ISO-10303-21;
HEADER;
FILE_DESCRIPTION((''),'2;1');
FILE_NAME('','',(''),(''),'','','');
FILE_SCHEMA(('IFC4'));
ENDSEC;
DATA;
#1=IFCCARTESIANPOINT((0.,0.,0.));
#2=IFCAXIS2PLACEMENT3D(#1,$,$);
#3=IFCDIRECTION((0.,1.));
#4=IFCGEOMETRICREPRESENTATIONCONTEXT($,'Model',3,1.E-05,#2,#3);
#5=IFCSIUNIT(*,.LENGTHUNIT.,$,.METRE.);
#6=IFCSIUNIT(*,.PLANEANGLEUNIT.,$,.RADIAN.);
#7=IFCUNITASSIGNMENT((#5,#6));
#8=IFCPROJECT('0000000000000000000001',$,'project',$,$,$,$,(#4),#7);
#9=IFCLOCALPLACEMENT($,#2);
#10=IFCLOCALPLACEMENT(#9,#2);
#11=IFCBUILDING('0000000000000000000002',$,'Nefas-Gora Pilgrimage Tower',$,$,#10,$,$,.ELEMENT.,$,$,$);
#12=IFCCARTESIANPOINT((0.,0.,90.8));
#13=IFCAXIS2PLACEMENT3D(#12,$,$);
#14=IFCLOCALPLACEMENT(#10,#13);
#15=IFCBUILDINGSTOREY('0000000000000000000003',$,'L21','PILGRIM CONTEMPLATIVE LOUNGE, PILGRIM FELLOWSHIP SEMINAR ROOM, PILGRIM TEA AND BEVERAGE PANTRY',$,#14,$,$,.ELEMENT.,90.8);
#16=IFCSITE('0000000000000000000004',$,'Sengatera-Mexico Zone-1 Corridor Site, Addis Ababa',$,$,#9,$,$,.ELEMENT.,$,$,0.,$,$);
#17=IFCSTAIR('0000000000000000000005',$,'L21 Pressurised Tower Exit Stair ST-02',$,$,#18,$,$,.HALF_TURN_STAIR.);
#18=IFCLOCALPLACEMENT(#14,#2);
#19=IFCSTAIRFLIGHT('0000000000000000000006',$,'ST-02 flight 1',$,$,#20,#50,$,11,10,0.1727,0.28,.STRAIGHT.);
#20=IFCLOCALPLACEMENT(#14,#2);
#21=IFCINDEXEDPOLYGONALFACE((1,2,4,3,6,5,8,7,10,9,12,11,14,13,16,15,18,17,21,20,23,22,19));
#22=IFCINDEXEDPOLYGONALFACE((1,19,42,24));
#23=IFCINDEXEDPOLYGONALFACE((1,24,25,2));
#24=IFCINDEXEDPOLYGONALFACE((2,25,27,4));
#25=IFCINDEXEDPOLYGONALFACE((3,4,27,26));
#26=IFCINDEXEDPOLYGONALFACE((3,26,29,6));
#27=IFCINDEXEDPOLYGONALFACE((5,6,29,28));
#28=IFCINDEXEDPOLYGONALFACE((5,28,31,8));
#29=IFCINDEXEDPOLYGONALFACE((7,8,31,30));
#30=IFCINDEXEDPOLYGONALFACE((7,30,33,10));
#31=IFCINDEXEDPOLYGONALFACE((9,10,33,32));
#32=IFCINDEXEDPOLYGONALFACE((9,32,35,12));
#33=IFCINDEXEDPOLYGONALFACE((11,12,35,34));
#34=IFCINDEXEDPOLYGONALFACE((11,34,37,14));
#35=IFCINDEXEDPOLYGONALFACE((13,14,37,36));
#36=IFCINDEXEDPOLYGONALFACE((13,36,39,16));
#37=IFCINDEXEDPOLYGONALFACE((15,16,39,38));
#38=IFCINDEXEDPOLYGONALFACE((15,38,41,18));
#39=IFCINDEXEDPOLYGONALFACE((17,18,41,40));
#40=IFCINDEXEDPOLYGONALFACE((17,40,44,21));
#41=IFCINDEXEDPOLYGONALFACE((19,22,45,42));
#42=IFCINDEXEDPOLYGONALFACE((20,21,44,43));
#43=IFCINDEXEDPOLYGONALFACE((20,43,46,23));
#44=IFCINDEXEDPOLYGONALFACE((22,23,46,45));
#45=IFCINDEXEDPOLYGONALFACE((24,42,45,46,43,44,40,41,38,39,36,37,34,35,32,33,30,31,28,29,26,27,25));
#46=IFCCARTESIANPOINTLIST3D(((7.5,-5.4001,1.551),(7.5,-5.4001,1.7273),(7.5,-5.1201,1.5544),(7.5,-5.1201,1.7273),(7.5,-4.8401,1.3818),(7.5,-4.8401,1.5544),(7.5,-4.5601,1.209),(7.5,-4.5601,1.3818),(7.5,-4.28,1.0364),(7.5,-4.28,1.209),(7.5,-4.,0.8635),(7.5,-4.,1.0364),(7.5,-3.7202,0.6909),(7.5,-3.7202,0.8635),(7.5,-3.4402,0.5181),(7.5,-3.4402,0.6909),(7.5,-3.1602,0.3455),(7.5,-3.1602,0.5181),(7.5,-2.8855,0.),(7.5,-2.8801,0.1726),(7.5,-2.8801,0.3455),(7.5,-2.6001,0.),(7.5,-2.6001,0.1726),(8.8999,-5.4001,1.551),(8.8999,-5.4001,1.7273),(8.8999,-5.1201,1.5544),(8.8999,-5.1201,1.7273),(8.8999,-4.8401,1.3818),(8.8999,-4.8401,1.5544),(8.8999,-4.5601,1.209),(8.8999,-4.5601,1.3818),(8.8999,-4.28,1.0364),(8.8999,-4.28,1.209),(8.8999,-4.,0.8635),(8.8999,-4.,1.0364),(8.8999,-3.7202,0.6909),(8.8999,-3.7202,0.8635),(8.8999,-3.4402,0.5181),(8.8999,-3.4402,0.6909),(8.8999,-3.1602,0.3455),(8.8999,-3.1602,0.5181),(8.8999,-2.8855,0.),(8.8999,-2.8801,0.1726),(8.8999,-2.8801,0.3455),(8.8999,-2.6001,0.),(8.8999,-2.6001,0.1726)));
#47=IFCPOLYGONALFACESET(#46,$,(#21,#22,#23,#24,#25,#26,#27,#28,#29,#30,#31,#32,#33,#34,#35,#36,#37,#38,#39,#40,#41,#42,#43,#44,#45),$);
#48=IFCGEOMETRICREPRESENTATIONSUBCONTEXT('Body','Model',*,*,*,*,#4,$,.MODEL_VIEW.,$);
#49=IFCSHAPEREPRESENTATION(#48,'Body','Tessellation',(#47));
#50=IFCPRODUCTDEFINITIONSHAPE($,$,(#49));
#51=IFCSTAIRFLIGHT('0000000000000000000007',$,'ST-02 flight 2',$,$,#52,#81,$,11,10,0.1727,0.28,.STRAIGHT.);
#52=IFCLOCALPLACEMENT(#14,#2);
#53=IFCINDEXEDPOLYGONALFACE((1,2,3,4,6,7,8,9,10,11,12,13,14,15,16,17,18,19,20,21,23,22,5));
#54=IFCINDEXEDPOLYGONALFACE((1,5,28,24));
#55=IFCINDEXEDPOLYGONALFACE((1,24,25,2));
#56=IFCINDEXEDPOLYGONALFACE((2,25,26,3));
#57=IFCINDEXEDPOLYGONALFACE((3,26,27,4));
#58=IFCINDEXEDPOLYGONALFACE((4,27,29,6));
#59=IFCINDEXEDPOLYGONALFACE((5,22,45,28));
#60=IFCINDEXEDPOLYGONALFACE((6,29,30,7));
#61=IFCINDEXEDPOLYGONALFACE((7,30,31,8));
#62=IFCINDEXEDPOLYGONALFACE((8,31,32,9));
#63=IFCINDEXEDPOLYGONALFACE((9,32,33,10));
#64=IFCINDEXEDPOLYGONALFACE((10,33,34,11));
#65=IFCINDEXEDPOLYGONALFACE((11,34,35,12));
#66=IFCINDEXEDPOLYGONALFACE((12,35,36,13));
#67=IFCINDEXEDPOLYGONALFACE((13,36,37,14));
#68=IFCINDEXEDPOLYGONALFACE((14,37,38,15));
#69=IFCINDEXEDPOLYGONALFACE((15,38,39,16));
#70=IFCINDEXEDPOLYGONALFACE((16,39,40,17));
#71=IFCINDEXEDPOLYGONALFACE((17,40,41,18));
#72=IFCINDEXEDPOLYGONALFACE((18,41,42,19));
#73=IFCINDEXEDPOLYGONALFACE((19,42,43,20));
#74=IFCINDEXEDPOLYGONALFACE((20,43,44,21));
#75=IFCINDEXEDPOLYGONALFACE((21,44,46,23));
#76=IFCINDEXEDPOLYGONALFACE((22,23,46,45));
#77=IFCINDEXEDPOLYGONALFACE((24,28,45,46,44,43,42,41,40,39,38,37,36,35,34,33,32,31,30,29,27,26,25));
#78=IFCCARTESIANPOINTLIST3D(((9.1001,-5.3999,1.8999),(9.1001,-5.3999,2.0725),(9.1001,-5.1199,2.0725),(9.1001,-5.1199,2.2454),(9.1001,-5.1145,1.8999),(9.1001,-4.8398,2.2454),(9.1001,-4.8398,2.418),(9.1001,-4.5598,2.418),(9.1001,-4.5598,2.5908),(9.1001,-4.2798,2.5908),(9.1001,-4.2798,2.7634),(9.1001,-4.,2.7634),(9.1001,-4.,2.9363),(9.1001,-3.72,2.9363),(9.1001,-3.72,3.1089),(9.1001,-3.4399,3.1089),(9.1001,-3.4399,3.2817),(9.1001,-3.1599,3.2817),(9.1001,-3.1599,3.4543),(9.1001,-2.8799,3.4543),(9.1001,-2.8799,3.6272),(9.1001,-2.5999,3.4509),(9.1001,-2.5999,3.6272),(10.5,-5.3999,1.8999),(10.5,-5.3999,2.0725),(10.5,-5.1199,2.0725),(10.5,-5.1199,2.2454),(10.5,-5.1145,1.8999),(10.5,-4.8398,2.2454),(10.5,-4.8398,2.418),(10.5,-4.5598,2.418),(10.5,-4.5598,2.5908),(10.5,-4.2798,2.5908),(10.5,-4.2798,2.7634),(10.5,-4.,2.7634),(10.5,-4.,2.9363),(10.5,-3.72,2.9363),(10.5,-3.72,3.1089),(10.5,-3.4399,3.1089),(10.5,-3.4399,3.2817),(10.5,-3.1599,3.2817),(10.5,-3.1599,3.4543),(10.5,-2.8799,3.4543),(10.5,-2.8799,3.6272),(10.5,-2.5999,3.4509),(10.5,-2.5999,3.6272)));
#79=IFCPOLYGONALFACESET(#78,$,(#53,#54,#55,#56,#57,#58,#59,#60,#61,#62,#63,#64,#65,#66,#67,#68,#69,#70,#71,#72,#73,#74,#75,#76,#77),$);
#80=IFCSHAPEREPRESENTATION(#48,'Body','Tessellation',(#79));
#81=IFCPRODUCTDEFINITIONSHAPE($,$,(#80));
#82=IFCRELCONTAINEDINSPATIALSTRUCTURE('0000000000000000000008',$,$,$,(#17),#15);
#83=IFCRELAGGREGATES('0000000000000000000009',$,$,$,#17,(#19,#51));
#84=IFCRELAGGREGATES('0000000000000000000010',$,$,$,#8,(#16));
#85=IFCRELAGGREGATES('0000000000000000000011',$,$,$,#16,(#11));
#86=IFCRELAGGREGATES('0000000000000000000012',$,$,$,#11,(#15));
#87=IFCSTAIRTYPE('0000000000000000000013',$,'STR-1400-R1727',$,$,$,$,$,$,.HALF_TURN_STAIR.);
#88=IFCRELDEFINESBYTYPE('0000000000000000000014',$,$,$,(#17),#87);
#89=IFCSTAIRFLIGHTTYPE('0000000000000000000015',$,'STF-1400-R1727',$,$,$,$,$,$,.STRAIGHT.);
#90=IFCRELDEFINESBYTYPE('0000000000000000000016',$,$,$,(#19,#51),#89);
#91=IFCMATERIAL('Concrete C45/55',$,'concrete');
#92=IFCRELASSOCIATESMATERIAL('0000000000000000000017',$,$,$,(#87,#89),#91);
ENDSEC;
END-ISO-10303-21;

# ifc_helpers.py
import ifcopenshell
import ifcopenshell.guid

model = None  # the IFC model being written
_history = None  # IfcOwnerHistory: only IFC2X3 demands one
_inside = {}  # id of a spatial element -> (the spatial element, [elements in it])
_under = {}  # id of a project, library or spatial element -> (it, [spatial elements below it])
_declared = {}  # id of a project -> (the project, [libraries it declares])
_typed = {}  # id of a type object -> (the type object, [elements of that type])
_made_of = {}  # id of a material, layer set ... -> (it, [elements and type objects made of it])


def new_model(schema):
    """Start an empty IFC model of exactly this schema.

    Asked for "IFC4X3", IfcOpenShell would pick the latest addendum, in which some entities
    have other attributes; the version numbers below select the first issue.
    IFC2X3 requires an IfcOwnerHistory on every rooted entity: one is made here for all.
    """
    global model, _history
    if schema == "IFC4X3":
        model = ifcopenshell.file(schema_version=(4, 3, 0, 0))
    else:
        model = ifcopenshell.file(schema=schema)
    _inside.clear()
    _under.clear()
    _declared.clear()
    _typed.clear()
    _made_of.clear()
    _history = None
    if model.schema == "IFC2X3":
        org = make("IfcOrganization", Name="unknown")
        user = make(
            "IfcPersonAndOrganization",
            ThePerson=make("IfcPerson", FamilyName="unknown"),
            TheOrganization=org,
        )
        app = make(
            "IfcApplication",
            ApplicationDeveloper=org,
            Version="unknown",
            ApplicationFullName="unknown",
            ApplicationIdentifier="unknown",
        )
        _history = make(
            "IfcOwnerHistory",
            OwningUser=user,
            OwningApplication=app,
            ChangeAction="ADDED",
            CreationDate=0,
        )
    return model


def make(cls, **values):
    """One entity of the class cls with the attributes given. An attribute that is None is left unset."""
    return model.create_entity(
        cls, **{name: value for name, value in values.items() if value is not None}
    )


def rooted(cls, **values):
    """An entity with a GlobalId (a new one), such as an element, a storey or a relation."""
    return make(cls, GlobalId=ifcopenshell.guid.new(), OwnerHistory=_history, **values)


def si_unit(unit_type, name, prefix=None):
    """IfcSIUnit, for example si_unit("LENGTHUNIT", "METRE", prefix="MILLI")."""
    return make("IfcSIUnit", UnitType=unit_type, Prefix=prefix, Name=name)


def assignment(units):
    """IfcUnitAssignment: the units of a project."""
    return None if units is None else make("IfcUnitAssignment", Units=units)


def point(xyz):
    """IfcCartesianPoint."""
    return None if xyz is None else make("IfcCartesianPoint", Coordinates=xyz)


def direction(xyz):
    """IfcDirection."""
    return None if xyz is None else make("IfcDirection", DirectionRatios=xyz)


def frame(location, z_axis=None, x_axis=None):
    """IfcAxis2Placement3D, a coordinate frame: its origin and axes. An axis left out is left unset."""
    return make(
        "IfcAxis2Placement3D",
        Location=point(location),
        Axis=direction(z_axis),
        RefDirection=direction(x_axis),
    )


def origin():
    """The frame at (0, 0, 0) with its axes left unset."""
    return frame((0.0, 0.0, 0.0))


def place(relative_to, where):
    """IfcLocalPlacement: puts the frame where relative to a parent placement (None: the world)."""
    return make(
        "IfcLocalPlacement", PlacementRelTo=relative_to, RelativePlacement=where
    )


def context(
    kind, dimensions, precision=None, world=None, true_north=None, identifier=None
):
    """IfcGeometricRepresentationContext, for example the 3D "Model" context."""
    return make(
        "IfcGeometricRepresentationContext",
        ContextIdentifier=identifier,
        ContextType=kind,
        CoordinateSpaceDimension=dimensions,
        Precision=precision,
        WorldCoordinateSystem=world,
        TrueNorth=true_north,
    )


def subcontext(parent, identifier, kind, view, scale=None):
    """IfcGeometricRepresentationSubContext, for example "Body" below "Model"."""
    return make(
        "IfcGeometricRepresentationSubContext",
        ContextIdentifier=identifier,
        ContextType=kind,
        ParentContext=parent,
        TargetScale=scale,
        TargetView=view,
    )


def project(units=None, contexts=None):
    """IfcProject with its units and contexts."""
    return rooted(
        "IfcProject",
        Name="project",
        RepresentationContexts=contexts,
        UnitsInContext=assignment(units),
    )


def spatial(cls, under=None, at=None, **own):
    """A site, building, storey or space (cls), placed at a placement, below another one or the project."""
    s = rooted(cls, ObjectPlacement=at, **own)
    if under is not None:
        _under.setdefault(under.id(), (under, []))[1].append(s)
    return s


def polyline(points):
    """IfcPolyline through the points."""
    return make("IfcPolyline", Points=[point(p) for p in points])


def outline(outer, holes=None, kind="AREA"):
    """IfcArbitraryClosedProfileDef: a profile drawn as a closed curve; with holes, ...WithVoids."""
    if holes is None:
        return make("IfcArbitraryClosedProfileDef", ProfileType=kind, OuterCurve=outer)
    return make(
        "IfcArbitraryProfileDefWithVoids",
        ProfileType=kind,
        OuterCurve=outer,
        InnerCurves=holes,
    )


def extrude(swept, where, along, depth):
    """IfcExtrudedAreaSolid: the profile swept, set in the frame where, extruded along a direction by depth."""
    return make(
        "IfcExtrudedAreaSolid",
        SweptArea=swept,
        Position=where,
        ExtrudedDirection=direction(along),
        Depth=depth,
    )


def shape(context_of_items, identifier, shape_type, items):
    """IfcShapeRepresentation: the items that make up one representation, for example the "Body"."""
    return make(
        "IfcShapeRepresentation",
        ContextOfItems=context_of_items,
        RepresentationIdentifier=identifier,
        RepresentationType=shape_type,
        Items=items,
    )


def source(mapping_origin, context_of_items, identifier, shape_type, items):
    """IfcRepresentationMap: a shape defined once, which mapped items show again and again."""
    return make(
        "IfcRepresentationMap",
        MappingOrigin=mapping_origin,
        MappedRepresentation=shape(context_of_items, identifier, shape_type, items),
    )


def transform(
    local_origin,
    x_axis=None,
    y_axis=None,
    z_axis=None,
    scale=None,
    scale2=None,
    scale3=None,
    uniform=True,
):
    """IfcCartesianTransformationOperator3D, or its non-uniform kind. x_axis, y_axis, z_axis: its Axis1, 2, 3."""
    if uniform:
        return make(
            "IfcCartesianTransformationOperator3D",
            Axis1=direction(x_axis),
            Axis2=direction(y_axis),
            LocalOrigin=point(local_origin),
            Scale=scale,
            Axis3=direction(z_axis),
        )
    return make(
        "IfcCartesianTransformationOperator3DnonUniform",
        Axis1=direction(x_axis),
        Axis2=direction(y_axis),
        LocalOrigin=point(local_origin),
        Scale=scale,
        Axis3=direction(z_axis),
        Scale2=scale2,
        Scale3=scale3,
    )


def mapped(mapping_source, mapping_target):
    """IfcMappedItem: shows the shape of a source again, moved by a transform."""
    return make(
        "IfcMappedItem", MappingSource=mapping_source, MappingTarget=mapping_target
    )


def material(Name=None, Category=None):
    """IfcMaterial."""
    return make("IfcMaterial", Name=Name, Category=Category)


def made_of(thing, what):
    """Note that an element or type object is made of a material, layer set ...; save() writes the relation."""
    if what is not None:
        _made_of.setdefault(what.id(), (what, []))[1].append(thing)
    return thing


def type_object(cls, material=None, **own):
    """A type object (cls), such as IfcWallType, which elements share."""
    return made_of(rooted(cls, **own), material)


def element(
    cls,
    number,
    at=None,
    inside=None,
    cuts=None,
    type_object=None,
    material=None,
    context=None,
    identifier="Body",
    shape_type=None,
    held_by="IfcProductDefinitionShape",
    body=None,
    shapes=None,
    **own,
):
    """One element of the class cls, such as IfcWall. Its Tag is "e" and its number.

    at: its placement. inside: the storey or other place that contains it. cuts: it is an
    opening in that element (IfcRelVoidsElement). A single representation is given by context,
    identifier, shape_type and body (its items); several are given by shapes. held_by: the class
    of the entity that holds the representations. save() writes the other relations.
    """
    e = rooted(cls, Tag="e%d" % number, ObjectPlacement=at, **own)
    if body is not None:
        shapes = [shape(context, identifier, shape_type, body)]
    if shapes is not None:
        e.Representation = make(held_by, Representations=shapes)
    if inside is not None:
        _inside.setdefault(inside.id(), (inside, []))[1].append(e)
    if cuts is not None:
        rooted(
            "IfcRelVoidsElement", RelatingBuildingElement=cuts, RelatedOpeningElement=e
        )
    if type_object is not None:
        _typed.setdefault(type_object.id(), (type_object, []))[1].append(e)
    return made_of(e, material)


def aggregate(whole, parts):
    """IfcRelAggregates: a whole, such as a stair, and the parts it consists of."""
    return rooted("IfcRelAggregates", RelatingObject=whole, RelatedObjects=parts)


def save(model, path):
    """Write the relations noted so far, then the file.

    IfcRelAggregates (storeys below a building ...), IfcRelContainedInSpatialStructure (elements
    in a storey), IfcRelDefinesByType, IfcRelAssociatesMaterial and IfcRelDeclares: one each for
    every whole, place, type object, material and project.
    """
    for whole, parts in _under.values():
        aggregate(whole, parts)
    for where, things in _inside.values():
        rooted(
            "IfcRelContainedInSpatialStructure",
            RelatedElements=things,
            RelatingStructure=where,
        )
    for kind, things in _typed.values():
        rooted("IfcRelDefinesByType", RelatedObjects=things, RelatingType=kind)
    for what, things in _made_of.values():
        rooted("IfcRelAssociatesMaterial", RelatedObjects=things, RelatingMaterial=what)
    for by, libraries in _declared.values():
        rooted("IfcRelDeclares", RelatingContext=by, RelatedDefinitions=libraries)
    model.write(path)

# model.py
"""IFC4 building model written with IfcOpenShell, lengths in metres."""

from ifc_helpers import new_model, si_unit, direction, frame, origin, place, context, subcontext, project, spatial, polyline, outline, extrude, source, transform, mapped, material, type_object, element, aggregate, save


model = new_model("IFC4")

# Units and contexts
model_context = context("Model", 3, precision=1e-05, world=origin(), true_north=direction((0.0, 1.0)))
body_context = subcontext(model_context, "Body", "Model", "MODEL_VIEW")
ifc_project = project(units=[si_unit("LENGTHUNIT", "METRE"), si_unit("PLANEANGLEUNIT", "RADIAN")], contexts=[model_context])

# Site, building, storey
site_placement = place(None, origin())
site = spatial("IfcSite", under=ifc_project, at=site_placement, Name="Sengatera-Mexico Zone-1 Corridor Site, Addis Ababa", CompositionType="ELEMENT", RefElevation=0.0)
building_placement = place(site_placement, origin())
building = spatial("IfcBuilding", under=site, at=building_placement, Name="Nefas-Gora Pilgrimage Tower", CompositionType="ELEMENT")
storey_placement = place(building_placement, frame((0.0, 0.0, 90.8)))
storey = spatial("IfcBuildingStorey", under=building, at=storey_placement, Name="L21", Description="PILGRIM CONTEMPLATIVE LOUNGE, PILGRIM FELLOWSHIP SEMINAR ROOM, PILGRIM TEA AND BEVERAGE PANTRY", CompositionType="ELEMENT", Elevation=90.8)

# Shared definitions
ifc_material_1 = material(Name="Concrete C45/55", Category="concrete")

# Stair, stair flights
stair_type = type_object("IfcStairType", Name="STR-1400-R1727", PredefinedType="HALF_TURN_STAIR", material=ifc_material_1)
stair_placement = place(storey_placement, origin())
stair = element("IfcStair", 1, at=stair_placement, inside=storey, type_object=stair_type, Name="L21 Pressurised Tower Exit Stair ST-02", PredefinedType="HALF_TURN_STAIR")
stair_flight_type = type_object("IfcStairFlightType", Name="STF-1400-R1727", PredefinedType="STRAIGHT", material=ifc_material_1)
shared_shape_1 = source(origin(), body_context, "Body", "SweptSolid", [
    extrude(outline(polyline([(0.0, 0.0), (0.0, 0.1726), (0.28, 0.1726), (0.28, 0.3455), (0.5601, 0.3455), (0.5601, 0.5181), (0.8401, 0.5181), (0.8401, 0.6909), (1.1201, 0.6909), (1.1201, 0.8635), (1.3999, 0.8635), (1.3999, 1.0364), (1.6799, 1.0364), (1.6799, 1.209), (1.96, 1.209), (1.96, 1.3818), (2.24, 1.3818), (2.24, 1.5544), (2.52, 1.5544), (2.52, 1.7273), (2.8, 1.7273), (2.8, 1.8999), (2.8, 1.551), (0.2854, 0.0), (0.0, 0.0)])), frame((0.0, 0.7, 0.0), z_axis=(0.0, -1.0, 0.0), x_axis=(1.0, 0.0, 0.0)), (0.0, 0.0, 1.0), 1.3999),
])
stair_flight_1_placement = place(storey_placement, frame((8.2, -2.6001, 0.0), z_axis=(0.0, 0.0, 1.0), x_axis=(0.0, -1.0, 0.0)))
stair_flight_1 = element("IfcStairFlight", 2, at=stair_flight_1_placement, type_object=stair_flight_type, Name="ST-02 flight 1", NumberOfRisers=11, NumberOfTreads=10, PredefinedType="STRAIGHT", RiserHeight=0.1727, TreadLength=0.28, context=body_context, shape_type="MappedRepresentation", body=[
    mapped(shared_shape_1, transform((0.0, 0.0, 0.0), x_axis=(1.0, 0.0, 0.0), y_axis=(0.0, 1.0, 0.0), z_axis=(0.0, 0.0, 1.0), scale=1.0)),
])
stair_flight_2_placement = place(storey_placement, frame((9.8, -5.3999, 1.8999), z_axis=(0.0, 0.0, 1.0), x_axis=(0.0, 1.0, 0.0)))
stair_flight_2 = element("IfcStairFlight", 3, at=stair_flight_2_placement, type_object=stair_flight_type, Name="ST-02 flight 2", NumberOfRisers=11, NumberOfTreads=10, PredefinedType="STRAIGHT", RiserHeight=0.1727, TreadLength=0.28, context=body_context, shape_type="MappedRepresentation", body=[
    mapped(shared_shape_1, transform((0.0, 0.0, 0.0), x_axis=(1.0, 0.0, 0.0), y_axis=(0.0, 1.0, 0.0), z_axis=(0.0, 0.0, 1.0), scale=1.0)),
])
aggregate(stair, [stair_flight_1, stair_flight_2])

save(model, "model.ifc")
